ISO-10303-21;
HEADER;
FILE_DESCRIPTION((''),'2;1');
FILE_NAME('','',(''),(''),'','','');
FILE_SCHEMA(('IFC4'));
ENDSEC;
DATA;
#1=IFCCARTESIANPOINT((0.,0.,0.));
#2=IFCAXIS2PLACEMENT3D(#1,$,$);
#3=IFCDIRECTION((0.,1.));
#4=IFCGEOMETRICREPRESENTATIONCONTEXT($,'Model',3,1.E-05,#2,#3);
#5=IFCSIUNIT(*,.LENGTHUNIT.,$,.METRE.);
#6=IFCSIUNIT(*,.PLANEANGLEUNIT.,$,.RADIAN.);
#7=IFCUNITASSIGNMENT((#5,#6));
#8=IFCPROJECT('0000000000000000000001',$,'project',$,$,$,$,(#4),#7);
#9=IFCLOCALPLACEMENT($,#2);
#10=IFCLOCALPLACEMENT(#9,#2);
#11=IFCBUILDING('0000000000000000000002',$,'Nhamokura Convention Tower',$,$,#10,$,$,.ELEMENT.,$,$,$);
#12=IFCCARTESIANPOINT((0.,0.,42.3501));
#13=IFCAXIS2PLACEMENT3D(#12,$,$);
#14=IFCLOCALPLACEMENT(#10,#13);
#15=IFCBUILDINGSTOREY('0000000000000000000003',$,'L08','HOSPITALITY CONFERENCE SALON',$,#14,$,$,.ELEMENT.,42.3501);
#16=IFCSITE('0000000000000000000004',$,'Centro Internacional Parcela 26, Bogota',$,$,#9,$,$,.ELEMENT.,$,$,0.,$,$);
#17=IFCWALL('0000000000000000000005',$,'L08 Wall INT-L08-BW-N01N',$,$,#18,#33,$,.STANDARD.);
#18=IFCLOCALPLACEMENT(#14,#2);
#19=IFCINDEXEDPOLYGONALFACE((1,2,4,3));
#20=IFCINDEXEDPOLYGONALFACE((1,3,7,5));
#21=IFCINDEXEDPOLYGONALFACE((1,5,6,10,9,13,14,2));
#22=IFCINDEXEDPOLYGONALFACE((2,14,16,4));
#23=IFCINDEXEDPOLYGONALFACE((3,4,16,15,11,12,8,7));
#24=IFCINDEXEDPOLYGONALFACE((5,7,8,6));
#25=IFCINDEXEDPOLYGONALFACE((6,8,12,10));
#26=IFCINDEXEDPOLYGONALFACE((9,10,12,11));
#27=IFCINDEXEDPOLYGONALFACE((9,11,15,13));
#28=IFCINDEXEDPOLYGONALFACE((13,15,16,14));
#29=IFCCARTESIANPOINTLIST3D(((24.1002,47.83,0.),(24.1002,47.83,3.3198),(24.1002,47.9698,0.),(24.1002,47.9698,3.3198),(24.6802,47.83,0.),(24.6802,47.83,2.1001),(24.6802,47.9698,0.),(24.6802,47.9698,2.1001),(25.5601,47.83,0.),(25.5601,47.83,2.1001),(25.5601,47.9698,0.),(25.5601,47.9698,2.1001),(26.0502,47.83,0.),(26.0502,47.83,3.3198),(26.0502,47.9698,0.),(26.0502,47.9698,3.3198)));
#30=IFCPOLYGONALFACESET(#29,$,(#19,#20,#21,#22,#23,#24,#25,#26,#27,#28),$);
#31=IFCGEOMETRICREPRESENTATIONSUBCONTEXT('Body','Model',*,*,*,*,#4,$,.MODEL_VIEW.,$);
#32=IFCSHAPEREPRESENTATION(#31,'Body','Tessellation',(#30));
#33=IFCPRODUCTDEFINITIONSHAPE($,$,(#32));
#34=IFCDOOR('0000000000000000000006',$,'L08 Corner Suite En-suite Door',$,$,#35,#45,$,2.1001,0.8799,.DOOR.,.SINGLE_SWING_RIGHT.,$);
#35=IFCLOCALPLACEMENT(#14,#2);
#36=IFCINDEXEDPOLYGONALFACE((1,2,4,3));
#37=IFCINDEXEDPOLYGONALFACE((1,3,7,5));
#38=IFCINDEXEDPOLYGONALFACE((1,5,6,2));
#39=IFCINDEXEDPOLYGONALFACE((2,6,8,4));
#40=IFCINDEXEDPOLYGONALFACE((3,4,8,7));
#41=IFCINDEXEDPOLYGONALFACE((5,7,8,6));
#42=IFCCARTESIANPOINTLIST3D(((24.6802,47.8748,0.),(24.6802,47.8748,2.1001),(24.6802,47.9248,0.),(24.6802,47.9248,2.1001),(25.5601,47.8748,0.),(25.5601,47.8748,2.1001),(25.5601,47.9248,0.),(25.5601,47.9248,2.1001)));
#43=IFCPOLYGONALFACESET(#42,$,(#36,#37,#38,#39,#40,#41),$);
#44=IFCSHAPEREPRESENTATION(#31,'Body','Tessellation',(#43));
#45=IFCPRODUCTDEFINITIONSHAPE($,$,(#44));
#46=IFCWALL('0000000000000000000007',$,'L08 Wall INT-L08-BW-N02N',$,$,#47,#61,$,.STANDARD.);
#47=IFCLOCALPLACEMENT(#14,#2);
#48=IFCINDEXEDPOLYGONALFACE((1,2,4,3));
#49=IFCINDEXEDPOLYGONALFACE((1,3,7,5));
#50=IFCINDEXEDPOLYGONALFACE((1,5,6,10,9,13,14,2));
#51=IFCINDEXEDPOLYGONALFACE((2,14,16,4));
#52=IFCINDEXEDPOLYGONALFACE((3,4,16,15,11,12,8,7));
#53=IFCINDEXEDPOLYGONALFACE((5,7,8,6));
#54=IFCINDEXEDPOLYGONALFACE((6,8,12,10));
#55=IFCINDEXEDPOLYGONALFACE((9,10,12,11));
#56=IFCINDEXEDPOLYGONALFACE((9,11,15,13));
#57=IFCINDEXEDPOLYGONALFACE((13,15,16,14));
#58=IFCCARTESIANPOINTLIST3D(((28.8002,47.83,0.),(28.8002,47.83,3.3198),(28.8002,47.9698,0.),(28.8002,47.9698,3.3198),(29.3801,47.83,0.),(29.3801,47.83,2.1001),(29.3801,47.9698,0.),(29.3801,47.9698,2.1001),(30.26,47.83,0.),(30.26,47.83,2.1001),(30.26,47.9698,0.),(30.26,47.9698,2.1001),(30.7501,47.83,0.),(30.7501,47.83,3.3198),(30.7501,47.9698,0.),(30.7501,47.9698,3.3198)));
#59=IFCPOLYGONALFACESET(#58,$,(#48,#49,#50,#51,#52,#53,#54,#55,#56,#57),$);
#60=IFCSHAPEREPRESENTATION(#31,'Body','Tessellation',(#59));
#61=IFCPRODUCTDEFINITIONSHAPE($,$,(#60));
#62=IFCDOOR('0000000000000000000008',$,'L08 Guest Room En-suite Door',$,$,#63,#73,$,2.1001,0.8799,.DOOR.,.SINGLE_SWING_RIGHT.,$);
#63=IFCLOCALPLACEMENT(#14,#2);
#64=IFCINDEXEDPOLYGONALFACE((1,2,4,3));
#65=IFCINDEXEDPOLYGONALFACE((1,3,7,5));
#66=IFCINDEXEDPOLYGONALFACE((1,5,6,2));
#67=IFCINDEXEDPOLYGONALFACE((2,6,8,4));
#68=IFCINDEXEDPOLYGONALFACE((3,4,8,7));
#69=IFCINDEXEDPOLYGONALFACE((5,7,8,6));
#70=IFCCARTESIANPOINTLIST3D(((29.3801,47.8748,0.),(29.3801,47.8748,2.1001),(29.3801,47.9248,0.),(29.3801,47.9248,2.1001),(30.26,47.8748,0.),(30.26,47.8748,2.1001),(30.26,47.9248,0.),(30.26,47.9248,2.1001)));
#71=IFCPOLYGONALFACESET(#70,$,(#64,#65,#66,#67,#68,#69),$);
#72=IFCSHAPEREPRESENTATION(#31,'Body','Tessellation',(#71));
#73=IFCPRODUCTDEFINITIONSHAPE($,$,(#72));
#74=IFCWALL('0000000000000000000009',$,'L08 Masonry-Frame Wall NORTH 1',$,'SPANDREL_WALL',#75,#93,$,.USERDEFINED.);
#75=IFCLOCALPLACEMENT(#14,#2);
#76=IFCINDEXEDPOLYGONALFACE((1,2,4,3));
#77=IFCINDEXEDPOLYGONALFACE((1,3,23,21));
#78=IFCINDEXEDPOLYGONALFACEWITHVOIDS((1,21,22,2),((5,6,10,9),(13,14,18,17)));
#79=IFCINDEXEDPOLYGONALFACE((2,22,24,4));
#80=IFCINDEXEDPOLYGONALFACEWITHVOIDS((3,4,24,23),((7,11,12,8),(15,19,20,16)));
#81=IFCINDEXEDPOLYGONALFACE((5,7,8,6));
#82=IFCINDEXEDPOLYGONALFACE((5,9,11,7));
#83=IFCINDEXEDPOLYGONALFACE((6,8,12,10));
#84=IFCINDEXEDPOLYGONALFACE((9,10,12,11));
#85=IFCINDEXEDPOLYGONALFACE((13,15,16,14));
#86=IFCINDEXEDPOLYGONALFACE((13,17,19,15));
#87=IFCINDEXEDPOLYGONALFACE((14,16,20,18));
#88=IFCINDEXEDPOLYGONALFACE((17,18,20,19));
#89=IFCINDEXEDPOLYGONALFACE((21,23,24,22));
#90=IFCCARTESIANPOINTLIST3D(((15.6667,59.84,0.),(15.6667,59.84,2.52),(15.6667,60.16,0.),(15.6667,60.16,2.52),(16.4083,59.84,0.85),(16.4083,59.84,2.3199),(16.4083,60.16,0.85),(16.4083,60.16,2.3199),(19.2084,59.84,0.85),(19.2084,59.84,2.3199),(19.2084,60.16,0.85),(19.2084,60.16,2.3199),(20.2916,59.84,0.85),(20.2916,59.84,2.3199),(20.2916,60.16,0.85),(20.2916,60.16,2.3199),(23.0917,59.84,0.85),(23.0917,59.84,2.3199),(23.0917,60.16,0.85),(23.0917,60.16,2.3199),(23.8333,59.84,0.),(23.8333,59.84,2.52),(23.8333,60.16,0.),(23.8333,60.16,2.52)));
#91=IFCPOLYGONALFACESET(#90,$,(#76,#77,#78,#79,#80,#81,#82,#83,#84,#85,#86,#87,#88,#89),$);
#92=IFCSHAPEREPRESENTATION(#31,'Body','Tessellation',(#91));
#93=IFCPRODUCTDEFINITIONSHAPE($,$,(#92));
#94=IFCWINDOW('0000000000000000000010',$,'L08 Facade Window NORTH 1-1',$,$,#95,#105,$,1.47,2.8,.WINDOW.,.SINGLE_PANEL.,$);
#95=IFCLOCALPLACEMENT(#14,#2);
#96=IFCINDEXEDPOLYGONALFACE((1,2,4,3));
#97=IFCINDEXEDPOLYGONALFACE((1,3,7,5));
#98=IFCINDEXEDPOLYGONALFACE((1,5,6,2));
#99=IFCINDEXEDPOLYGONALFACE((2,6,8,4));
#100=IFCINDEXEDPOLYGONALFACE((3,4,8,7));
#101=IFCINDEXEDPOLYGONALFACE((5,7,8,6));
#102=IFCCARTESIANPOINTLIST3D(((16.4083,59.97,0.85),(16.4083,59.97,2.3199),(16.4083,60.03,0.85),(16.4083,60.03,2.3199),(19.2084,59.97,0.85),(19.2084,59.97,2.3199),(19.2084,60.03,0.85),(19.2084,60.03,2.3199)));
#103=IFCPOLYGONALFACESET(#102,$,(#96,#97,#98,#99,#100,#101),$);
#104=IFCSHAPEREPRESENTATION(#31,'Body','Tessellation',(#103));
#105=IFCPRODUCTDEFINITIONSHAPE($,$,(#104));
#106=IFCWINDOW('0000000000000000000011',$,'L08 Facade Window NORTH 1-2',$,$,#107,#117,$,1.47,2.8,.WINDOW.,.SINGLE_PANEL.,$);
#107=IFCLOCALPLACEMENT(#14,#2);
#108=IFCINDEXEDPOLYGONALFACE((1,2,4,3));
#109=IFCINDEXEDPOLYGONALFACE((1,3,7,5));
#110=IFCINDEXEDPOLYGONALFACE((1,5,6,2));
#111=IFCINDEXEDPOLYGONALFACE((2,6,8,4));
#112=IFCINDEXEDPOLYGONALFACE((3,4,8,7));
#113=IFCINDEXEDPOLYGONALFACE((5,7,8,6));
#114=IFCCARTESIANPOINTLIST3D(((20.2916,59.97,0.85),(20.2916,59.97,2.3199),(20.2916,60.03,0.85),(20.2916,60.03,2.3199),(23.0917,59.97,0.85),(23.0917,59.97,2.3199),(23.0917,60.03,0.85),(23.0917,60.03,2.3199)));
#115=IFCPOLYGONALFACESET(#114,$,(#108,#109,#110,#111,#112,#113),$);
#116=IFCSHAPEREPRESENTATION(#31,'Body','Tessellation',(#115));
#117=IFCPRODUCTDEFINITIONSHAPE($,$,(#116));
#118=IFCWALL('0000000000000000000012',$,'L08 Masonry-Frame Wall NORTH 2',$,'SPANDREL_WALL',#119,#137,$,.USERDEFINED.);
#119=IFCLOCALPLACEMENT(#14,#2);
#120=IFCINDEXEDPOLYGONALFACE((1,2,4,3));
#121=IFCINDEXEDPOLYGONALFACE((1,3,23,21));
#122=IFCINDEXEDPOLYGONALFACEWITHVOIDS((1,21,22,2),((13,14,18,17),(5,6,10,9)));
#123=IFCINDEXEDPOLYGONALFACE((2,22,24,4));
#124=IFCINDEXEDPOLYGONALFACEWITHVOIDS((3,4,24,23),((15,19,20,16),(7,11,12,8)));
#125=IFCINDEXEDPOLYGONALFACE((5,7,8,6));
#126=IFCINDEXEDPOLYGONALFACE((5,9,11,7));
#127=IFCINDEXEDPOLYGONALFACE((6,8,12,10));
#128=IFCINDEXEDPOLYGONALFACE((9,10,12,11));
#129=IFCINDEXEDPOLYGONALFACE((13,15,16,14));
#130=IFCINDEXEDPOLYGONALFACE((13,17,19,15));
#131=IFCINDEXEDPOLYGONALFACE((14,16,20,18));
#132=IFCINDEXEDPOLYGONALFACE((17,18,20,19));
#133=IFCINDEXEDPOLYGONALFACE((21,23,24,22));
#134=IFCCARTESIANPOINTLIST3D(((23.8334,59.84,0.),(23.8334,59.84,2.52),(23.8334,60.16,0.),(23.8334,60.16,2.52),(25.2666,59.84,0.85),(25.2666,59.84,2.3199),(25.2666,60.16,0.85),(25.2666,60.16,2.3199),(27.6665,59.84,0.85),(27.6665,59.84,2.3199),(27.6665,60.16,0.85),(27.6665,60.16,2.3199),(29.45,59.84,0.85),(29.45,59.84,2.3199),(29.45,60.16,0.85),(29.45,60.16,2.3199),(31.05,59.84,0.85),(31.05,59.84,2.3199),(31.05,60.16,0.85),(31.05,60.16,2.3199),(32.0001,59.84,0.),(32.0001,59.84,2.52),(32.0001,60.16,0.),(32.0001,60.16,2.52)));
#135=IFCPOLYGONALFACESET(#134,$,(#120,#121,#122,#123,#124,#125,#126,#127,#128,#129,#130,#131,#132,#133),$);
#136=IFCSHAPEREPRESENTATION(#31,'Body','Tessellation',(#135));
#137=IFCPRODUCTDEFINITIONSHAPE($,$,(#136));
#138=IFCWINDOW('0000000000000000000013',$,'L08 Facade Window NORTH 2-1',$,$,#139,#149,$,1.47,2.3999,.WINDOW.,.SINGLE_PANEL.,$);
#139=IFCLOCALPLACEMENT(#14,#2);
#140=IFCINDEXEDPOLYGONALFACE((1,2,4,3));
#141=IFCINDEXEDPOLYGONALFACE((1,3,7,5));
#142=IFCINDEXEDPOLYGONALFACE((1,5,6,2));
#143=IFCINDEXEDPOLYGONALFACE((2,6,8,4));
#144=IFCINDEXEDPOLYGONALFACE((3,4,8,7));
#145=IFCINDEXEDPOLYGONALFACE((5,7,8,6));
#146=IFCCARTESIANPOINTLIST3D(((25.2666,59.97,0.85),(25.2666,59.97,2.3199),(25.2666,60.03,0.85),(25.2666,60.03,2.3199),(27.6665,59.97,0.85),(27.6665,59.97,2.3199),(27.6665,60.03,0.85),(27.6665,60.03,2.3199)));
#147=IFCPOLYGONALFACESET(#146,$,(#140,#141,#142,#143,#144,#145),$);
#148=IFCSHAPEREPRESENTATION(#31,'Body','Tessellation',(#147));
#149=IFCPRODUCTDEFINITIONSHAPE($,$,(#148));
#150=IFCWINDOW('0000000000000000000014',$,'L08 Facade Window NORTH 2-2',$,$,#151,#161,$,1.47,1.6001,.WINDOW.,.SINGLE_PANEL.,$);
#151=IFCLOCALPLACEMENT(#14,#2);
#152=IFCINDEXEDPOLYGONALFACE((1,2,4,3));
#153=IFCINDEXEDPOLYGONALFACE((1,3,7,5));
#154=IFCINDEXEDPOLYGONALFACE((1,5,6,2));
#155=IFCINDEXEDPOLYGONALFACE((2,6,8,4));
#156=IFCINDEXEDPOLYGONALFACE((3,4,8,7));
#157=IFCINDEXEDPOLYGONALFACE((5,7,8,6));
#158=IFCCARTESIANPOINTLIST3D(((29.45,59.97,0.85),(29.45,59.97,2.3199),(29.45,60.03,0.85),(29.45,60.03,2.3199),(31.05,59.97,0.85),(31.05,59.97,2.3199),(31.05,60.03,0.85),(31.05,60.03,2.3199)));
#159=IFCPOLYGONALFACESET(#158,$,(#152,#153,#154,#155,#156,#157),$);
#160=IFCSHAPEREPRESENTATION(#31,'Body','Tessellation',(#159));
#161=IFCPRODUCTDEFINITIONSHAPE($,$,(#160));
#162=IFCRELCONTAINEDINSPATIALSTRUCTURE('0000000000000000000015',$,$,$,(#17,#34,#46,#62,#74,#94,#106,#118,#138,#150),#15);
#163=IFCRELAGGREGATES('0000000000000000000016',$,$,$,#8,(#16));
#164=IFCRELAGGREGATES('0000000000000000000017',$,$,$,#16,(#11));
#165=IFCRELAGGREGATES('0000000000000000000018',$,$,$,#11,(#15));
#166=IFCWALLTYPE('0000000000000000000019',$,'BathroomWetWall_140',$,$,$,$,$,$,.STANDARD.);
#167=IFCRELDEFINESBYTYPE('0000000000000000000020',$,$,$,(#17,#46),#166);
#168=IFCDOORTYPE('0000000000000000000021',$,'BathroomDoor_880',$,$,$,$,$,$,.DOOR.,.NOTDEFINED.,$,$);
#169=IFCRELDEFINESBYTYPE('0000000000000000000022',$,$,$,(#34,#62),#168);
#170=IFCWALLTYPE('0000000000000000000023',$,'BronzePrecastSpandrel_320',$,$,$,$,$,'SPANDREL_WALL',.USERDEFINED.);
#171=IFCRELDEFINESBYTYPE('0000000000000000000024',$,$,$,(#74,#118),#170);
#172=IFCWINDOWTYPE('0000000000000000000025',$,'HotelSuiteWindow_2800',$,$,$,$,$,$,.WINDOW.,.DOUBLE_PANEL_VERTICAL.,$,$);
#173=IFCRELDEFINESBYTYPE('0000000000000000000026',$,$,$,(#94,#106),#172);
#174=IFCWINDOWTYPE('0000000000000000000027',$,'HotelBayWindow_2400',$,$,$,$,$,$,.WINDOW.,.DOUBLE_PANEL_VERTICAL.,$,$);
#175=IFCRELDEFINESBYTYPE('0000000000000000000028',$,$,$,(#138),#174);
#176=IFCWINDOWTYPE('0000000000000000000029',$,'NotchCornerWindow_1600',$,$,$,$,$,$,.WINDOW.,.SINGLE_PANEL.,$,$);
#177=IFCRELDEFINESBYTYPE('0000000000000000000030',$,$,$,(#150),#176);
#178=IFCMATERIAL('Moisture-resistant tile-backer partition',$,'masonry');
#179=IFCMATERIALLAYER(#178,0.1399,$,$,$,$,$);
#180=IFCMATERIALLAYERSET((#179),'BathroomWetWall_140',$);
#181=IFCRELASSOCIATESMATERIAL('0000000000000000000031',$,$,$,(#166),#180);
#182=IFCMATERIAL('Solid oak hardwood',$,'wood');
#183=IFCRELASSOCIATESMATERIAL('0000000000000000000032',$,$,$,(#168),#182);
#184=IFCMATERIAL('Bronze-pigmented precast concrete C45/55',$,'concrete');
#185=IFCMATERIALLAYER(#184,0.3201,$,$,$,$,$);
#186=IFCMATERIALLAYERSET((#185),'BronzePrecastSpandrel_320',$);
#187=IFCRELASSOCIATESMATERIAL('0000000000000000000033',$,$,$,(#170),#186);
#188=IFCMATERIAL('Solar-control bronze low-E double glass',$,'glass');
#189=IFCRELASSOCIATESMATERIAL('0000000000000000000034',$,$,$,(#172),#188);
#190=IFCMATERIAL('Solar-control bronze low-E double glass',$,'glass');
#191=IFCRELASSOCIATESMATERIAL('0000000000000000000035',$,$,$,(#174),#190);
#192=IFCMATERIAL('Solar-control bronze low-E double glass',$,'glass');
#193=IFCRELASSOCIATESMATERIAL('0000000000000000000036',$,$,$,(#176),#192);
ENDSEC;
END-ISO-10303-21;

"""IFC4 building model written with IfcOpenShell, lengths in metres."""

from ifc_helpers import new_model, si_unit, direction, frame, frame_2d, origin, place, context, subcontext, project, spatial, rectangle, extrude, material, layer, layer_set, type_object, element, fill, save


model = new_model("IFC4")

# Units and contexts
model_context = context("Model", 3, precision=1e-05, world=origin(), true_north=direction((0.0, 1.0)))
body_context = subcontext(model_context, "Body", "Model", "MODEL_VIEW")
ifc_project = project(units=[si_unit("LENGTHUNIT", "METRE"), si_unit("PLANEANGLEUNIT", "RADIAN")], contexts=[model_context])

# Site, building, storey
site_placement = place(None, origin())
site = spatial("IfcSite", under=ifc_project, at=site_placement, Name="Centro Internacional Parcela 26, Bogota", CompositionType="ELEMENT", RefElevation=0.0)
building_placement = place(site_placement, origin())
building = spatial("IfcBuilding", under=site, at=building_placement, Name="Nhamokura Convention Tower", CompositionType="ELEMENT")
storey_placement = place(building_placement, frame((0.0, 0.0, 42.3501)))
storey = spatial("IfcBuildingStorey", under=building, at=storey_placement, Name="L08", Description="HOSPITALITY CONFERENCE SALON", CompositionType="ELEMENT", Elevation=42.3501)

# Shared definitions
ifc_material_1 = material(Name="Moisture-resistant tile-backer partition", Category="masonry")
ifc_layer_1 = layer(ifc_material_1, 0.1399)
ifc_layer_set_1 = layer_set([ifc_layer_1], Name="BathroomWetWall_140")
wall_type_1 = type_object("IfcWallType", Name="BathroomWetWall_140", PredefinedType="STANDARD", material=ifc_layer_set_1)

# Walls, openings, doors
wall_1_placement = place(storey_placement, frame((24.1001, 47.8999, 0.0), z_axis=(0.0, 0.0, 1.0), x_axis=(1.0, 0.0, 0.0)))
wall_1 = element("IfcWall", 1, at=wall_1_placement, inside=storey, type_object=wall_type_1, Name="L08 Wall INT-L08-BW-N01N", PredefinedType="STANDARD", context=body_context, shape_type="SweptSolid", body=[
    extrude(rectangle(XDim=1.95, YDim=0.1399, at=frame_2d((0.9751, 0.0))), origin(), (0.0, 0.0, 1.0), 3.3198),
])
opening_1_placement = place(wall_1_placement, frame((0.5801, 0.0, 0.0)))
opening_1 = element("IfcOpeningElement", 2, at=opening_1_placement, cuts=wall_1, PredefinedType="OPENING", context=body_context, shape_type="SweptSolid", body=[
    extrude(rectangle(XDim=0.8799, YDim=2.1001, at=frame_2d((0.4399, 1.05))), frame((0.0, 0.0798, 0.0), z_axis=(0.0, -1.0, 0.0), x_axis=(1.0, 0.0, 0.0)), (0.0, 0.0, 1.0), 0.1599),
])
ifc_material_2 = material(Name="Solid oak hardwood", Category="wood")
door_type_1 = type_object("IfcDoorType", Name="BathroomDoor_880", OperationType="NOTDEFINED", PredefinedType="DOOR", material=ifc_material_2)
door_1_placement = place(opening_1_placement, origin())
door_1 = element("IfcDoor", 3, at=door_1_placement, inside=storey, type_object=door_type_1, Name="L08 Corner Suite En-suite Door", OperationType="SINGLE_SWING_RIGHT", OverallHeight=2.1001, OverallWidth=0.8799, PredefinedType="DOOR", context=body_context, shape_type="SweptSolid", body=[
    extrude(rectangle(XDim=0.8799, YDim=2.1001, at=frame_2d((0.4399, 1.05))), frame((0.0, 0.0249, 0.0), z_axis=(0.0, -1.0, 0.0), x_axis=(1.0, 0.0, 0.0)), (0.0, 0.0, 1.0), 0.05),
])
fill(opening_1, door_1)
wall_2_placement = place(storey_placement, frame((28.8, 47.8999, 0.0), z_axis=(0.0, 0.0, 1.0), x_axis=(1.0, 0.0, 0.0)))
wall_2 = element("IfcWall", 4, at=wall_2_placement, inside=storey, type_object=wall_type_1, Name="L08 Wall INT-L08-BW-N02N", PredefinedType="STANDARD", context=body_context, shape_type="SweptSolid", body=[
    extrude(rectangle(XDim=1.95, YDim=0.1399, at=frame_2d((0.9751, 0.0))), origin(), (0.0, 0.0, 1.0), 3.3198),
])
opening_2_placement = place(wall_2_placement, frame((0.5801, 0.0, 0.0)))
opening_2 = element("IfcOpeningElement", 5, at=opening_2_placement, cuts=wall_2, PredefinedType="OPENING", context=body_context, shape_type="SweptSolid", body=[
    extrude(rectangle(XDim=0.8799, YDim=2.1001, at=frame_2d((0.4399, 1.05))), frame((0.0, 0.0798, 0.0), z_axis=(0.0, -1.0, 0.0), x_axis=(1.0, 0.0, 0.0)), (0.0, 0.0, 1.0), 0.1599),
])
door_2_placement = place(opening_2_placement, origin())
door_2 = element("IfcDoor", 6, at=door_2_placement, inside=storey, type_object=door_type_1, Name="L08 Guest Room En-suite Door", OperationType="SINGLE_SWING_RIGHT", OverallHeight=2.1001, OverallWidth=0.8799, PredefinedType="DOOR", context=body_context, shape_type="SweptSolid", body=[
    extrude(rectangle(XDim=0.8799, YDim=2.1001, at=frame_2d((0.4399, 1.05))), frame((0.0, 0.0249, 0.0), z_axis=(0.0, -1.0, 0.0), x_axis=(1.0, 0.0, 0.0)), (0.0, 0.0, 1.0), 0.05),
])
fill(opening_2, door_2)

# Walls, openings, windows
ifc_material_3 = material(Name="Bronze-pigmented precast concrete C45/55", Category="concrete")
ifc_layer_2 = layer(ifc_material_3, 0.3201)
ifc_layer_set_2 = layer_set([ifc_layer_2], Name="BronzePrecastSpandrel_320")
wall_type_2 = type_object("IfcWallType", Name="BronzePrecastSpandrel_320", ElementType="SPANDREL_WALL", PredefinedType="USERDEFINED", material=ifc_layer_set_2)
wall_3_placement = place(storey_placement, frame((15.6667, 60.0, 0.0), z_axis=(0.0, 0.0, 1.0), x_axis=(1.0, 0.0, 0.0)))
wall_3 = element("IfcWall", 7, at=wall_3_placement, inside=storey, type_object=wall_type_2, Name="L08 Masonry-Frame Wall NORTH 1", ObjectType="SPANDREL_WALL", PredefinedType="USERDEFINED", context=body_context, shape_type="SweptSolid", body=[
    extrude(rectangle(XDim=8.1665, YDim=0.3201, at=frame_2d((4.0833, 0.0))), origin(), (0.0, 0.0, 1.0), 2.52),
])
opening_3_placement = place(wall_3_placement, frame((0.7417, 0.0, 0.8501)))
opening_3 = element("IfcOpeningElement", 8, at=opening_3_placement, cuts=wall_3, PredefinedType="OPENING", context=body_context, shape_type="SweptSolid", body=[
    extrude(rectangle(XDim=2.8, YDim=1.47, at=frame_2d((1.3999, 0.7349))), frame((0.0, 0.1699, 0.0), z_axis=(0.0, -1.0, 0.0), x_axis=(1.0, 0.0, 0.0)), (0.0, 0.0, 1.0), 0.3401),
])
opening_4_placement = place(wall_3_placement, frame((4.625, 0.0, 0.8501)))
opening_4 = element("IfcOpeningElement", 9, at=opening_4_placement, cuts=wall_3, PredefinedType="OPENING", context=body_context, shape_type="SweptSolid", body=[
    extrude(rectangle(XDim=2.8, YDim=1.47, at=frame_2d((1.3999, 0.7349))), frame((0.0, 0.1699, 0.0), z_axis=(0.0, -1.0, 0.0), x_axis=(1.0, 0.0, 0.0)), (0.0, 0.0, 1.0), 0.3401),
])
ifc_material_4 = material(Name="Solar-control bronze low-E double glass", Category="glass")
window_type_1 = type_object("IfcWindowType", Name="HotelSuiteWindow_2800", PartitioningType="DOUBLE_PANEL_VERTICAL", PredefinedType="WINDOW", material=ifc_material_4)
window_1_placement = place(opening_3_placement, origin())
window_1 = element("IfcWindow", 10, at=window_1_placement, inside=storey, type_object=window_type_1, Name="L08 Facade Window NORTH 1-1", OverallHeight=1.47, OverallWidth=2.8, PartitioningType="SINGLE_PANEL", PredefinedType="WINDOW", context=body_context, shape_type="SweptSolid", body=[
    extrude(rectangle(XDim=2.8, YDim=1.47, at=frame_2d((1.3999, 0.7349))), frame((0.0, 0.03, 0.0), z_axis=(0.0, -1.0, 0.0), x_axis=(1.0, 0.0, 0.0)), (0.0, 0.0, 1.0), 0.0601),
])
fill(opening_3, window_1)
window_2_placement = place(opening_4_placement, origin())
window_2 = element("IfcWindow", 11, at=window_2_placement, inside=storey, type_object=window_type_1, Name="L08 Facade Window NORTH 1-2", OverallHeight=1.47, OverallWidth=2.8, PartitioningType="SINGLE_PANEL", PredefinedType="WINDOW", context=body_context, shape_type="SweptSolid", body=[
    extrude(rectangle(XDim=2.8, YDim=1.47, at=frame_2d((1.3999, 0.7349))), frame((0.0, 0.03, 0.0), z_axis=(0.0, -1.0, 0.0), x_axis=(1.0, 0.0, 0.0)), (0.0, 0.0, 1.0), 0.0601),
])
fill(opening_4, window_2)
wall_4_placement = place(storey_placement, frame((23.8333, 60.0, 0.0), z_axis=(0.0, 0.0, 1.0), x_axis=(1.0, 0.0, 0.0)))
wall_4 = element("IfcWall", 12, at=wall_4_placement, inside=storey, type_object=wall_type_2, Name="L08 Masonry-Frame Wall NORTH 2", ObjectType="SPANDREL_WALL", PredefinedType="USERDEFINED", context=body_context, shape_type="SweptSolid", body=[
    extrude(rectangle(XDim=8.1667, YDim=0.3201, at=frame_2d((4.0835, 0.0))), origin(), (0.0, 0.0, 1.0), 2.52),
])
opening_5_placement = place(wall_4_placement, frame((1.4333, 0.0, 0.8501)))
opening_5 = element("IfcOpeningElement", 13, at=opening_5_placement, cuts=wall_4, PredefinedType="OPENING", context=body_context, shape_type="SweptSolid", body=[
    extrude(rectangle(XDim=2.3999, YDim=1.47, at=frame_2d((1.2, 0.7349))), frame((0.0, 0.1699, 0.0), z_axis=(0.0, -1.0, 0.0), x_axis=(1.0, 0.0, 0.0)), (0.0, 0.0, 1.0), 0.3401),
])
opening_6_placement = place(wall_4_placement, frame((5.6167, 0.0, 0.8501)))
opening_6 = element("IfcOpeningElement", 14, at=opening_6_placement, cuts=wall_4, PredefinedType="OPENING", context=body_context, shape_type="SweptSolid", body=[
    extrude(rectangle(XDim=1.6001, YDim=1.47, at=frame_2d((0.8, 0.7349))), frame((0.0, 0.1699, 0.0), z_axis=(0.0, -1.0, 0.0), x_axis=(1.0, 0.0, 0.0)), (0.0, 0.0, 1.0), 0.3401),
])
ifc_material_5 = material(Name="Solar-control bronze low-E double glass", Category="glass")
window_type_2 = type_object("IfcWindowType", Name="HotelBayWindow_2400", PartitioningType="DOUBLE_PANEL_VERTICAL", PredefinedType="WINDOW", material=ifc_material_5)
window_3_placement = place(opening_5_placement, origin())
window_3 = element("IfcWindow", 15, at=window_3_placement, inside=storey, type_object=window_type_2, Name="L08 Facade Window NORTH 2-1", OverallHeight=1.47, OverallWidth=2.3999, PartitioningType="SINGLE_PANEL", PredefinedType="WINDOW", context=body_context, shape_type="SweptSolid", body=[
    extrude(rectangle(XDim=2.3999, YDim=1.47, at=frame_2d((1.2, 0.7349))), frame((0.0, 0.03, 0.0), z_axis=(0.0, -1.0, 0.0), x_axis=(1.0, 0.0, 0.0)), (0.0, 0.0, 1.0), 0.0601),
])
fill(opening_5, window_3)
ifc_material_6 = material(Name="Solar-control bronze low-E double glass", Category="glass")
window_type_3 = type_object("IfcWindowType", Name="NotchCornerWindow_1600", PartitioningType="SINGLE_PANEL", PredefinedType="WINDOW", material=ifc_material_6)
window_4_placement = place(opening_6_placement, origin())
window_4 = element("IfcWindow", 16, at=window_4_placement, inside=storey, type_object=window_type_3, Name="L08 Facade Window NORTH 2-2", OverallHeight=1.47, OverallWidth=1.6001, PartitioningType="SINGLE_PANEL", PredefinedType="WINDOW", context=body_context, shape_type="SweptSolid", body=[
    extrude(rectangle(XDim=1.6001, YDim=1.47, at=frame_2d((0.8, 0.7349))), frame((0.0, 0.03, 0.0), z_axis=(0.0, -1.0, 0.0), x_axis=(1.0, 0.0, 0.0)), (0.0, 0.0, 1.0), 0.0601),
])
fill(opening_6, window_4)

save(model, "model.ifc")
